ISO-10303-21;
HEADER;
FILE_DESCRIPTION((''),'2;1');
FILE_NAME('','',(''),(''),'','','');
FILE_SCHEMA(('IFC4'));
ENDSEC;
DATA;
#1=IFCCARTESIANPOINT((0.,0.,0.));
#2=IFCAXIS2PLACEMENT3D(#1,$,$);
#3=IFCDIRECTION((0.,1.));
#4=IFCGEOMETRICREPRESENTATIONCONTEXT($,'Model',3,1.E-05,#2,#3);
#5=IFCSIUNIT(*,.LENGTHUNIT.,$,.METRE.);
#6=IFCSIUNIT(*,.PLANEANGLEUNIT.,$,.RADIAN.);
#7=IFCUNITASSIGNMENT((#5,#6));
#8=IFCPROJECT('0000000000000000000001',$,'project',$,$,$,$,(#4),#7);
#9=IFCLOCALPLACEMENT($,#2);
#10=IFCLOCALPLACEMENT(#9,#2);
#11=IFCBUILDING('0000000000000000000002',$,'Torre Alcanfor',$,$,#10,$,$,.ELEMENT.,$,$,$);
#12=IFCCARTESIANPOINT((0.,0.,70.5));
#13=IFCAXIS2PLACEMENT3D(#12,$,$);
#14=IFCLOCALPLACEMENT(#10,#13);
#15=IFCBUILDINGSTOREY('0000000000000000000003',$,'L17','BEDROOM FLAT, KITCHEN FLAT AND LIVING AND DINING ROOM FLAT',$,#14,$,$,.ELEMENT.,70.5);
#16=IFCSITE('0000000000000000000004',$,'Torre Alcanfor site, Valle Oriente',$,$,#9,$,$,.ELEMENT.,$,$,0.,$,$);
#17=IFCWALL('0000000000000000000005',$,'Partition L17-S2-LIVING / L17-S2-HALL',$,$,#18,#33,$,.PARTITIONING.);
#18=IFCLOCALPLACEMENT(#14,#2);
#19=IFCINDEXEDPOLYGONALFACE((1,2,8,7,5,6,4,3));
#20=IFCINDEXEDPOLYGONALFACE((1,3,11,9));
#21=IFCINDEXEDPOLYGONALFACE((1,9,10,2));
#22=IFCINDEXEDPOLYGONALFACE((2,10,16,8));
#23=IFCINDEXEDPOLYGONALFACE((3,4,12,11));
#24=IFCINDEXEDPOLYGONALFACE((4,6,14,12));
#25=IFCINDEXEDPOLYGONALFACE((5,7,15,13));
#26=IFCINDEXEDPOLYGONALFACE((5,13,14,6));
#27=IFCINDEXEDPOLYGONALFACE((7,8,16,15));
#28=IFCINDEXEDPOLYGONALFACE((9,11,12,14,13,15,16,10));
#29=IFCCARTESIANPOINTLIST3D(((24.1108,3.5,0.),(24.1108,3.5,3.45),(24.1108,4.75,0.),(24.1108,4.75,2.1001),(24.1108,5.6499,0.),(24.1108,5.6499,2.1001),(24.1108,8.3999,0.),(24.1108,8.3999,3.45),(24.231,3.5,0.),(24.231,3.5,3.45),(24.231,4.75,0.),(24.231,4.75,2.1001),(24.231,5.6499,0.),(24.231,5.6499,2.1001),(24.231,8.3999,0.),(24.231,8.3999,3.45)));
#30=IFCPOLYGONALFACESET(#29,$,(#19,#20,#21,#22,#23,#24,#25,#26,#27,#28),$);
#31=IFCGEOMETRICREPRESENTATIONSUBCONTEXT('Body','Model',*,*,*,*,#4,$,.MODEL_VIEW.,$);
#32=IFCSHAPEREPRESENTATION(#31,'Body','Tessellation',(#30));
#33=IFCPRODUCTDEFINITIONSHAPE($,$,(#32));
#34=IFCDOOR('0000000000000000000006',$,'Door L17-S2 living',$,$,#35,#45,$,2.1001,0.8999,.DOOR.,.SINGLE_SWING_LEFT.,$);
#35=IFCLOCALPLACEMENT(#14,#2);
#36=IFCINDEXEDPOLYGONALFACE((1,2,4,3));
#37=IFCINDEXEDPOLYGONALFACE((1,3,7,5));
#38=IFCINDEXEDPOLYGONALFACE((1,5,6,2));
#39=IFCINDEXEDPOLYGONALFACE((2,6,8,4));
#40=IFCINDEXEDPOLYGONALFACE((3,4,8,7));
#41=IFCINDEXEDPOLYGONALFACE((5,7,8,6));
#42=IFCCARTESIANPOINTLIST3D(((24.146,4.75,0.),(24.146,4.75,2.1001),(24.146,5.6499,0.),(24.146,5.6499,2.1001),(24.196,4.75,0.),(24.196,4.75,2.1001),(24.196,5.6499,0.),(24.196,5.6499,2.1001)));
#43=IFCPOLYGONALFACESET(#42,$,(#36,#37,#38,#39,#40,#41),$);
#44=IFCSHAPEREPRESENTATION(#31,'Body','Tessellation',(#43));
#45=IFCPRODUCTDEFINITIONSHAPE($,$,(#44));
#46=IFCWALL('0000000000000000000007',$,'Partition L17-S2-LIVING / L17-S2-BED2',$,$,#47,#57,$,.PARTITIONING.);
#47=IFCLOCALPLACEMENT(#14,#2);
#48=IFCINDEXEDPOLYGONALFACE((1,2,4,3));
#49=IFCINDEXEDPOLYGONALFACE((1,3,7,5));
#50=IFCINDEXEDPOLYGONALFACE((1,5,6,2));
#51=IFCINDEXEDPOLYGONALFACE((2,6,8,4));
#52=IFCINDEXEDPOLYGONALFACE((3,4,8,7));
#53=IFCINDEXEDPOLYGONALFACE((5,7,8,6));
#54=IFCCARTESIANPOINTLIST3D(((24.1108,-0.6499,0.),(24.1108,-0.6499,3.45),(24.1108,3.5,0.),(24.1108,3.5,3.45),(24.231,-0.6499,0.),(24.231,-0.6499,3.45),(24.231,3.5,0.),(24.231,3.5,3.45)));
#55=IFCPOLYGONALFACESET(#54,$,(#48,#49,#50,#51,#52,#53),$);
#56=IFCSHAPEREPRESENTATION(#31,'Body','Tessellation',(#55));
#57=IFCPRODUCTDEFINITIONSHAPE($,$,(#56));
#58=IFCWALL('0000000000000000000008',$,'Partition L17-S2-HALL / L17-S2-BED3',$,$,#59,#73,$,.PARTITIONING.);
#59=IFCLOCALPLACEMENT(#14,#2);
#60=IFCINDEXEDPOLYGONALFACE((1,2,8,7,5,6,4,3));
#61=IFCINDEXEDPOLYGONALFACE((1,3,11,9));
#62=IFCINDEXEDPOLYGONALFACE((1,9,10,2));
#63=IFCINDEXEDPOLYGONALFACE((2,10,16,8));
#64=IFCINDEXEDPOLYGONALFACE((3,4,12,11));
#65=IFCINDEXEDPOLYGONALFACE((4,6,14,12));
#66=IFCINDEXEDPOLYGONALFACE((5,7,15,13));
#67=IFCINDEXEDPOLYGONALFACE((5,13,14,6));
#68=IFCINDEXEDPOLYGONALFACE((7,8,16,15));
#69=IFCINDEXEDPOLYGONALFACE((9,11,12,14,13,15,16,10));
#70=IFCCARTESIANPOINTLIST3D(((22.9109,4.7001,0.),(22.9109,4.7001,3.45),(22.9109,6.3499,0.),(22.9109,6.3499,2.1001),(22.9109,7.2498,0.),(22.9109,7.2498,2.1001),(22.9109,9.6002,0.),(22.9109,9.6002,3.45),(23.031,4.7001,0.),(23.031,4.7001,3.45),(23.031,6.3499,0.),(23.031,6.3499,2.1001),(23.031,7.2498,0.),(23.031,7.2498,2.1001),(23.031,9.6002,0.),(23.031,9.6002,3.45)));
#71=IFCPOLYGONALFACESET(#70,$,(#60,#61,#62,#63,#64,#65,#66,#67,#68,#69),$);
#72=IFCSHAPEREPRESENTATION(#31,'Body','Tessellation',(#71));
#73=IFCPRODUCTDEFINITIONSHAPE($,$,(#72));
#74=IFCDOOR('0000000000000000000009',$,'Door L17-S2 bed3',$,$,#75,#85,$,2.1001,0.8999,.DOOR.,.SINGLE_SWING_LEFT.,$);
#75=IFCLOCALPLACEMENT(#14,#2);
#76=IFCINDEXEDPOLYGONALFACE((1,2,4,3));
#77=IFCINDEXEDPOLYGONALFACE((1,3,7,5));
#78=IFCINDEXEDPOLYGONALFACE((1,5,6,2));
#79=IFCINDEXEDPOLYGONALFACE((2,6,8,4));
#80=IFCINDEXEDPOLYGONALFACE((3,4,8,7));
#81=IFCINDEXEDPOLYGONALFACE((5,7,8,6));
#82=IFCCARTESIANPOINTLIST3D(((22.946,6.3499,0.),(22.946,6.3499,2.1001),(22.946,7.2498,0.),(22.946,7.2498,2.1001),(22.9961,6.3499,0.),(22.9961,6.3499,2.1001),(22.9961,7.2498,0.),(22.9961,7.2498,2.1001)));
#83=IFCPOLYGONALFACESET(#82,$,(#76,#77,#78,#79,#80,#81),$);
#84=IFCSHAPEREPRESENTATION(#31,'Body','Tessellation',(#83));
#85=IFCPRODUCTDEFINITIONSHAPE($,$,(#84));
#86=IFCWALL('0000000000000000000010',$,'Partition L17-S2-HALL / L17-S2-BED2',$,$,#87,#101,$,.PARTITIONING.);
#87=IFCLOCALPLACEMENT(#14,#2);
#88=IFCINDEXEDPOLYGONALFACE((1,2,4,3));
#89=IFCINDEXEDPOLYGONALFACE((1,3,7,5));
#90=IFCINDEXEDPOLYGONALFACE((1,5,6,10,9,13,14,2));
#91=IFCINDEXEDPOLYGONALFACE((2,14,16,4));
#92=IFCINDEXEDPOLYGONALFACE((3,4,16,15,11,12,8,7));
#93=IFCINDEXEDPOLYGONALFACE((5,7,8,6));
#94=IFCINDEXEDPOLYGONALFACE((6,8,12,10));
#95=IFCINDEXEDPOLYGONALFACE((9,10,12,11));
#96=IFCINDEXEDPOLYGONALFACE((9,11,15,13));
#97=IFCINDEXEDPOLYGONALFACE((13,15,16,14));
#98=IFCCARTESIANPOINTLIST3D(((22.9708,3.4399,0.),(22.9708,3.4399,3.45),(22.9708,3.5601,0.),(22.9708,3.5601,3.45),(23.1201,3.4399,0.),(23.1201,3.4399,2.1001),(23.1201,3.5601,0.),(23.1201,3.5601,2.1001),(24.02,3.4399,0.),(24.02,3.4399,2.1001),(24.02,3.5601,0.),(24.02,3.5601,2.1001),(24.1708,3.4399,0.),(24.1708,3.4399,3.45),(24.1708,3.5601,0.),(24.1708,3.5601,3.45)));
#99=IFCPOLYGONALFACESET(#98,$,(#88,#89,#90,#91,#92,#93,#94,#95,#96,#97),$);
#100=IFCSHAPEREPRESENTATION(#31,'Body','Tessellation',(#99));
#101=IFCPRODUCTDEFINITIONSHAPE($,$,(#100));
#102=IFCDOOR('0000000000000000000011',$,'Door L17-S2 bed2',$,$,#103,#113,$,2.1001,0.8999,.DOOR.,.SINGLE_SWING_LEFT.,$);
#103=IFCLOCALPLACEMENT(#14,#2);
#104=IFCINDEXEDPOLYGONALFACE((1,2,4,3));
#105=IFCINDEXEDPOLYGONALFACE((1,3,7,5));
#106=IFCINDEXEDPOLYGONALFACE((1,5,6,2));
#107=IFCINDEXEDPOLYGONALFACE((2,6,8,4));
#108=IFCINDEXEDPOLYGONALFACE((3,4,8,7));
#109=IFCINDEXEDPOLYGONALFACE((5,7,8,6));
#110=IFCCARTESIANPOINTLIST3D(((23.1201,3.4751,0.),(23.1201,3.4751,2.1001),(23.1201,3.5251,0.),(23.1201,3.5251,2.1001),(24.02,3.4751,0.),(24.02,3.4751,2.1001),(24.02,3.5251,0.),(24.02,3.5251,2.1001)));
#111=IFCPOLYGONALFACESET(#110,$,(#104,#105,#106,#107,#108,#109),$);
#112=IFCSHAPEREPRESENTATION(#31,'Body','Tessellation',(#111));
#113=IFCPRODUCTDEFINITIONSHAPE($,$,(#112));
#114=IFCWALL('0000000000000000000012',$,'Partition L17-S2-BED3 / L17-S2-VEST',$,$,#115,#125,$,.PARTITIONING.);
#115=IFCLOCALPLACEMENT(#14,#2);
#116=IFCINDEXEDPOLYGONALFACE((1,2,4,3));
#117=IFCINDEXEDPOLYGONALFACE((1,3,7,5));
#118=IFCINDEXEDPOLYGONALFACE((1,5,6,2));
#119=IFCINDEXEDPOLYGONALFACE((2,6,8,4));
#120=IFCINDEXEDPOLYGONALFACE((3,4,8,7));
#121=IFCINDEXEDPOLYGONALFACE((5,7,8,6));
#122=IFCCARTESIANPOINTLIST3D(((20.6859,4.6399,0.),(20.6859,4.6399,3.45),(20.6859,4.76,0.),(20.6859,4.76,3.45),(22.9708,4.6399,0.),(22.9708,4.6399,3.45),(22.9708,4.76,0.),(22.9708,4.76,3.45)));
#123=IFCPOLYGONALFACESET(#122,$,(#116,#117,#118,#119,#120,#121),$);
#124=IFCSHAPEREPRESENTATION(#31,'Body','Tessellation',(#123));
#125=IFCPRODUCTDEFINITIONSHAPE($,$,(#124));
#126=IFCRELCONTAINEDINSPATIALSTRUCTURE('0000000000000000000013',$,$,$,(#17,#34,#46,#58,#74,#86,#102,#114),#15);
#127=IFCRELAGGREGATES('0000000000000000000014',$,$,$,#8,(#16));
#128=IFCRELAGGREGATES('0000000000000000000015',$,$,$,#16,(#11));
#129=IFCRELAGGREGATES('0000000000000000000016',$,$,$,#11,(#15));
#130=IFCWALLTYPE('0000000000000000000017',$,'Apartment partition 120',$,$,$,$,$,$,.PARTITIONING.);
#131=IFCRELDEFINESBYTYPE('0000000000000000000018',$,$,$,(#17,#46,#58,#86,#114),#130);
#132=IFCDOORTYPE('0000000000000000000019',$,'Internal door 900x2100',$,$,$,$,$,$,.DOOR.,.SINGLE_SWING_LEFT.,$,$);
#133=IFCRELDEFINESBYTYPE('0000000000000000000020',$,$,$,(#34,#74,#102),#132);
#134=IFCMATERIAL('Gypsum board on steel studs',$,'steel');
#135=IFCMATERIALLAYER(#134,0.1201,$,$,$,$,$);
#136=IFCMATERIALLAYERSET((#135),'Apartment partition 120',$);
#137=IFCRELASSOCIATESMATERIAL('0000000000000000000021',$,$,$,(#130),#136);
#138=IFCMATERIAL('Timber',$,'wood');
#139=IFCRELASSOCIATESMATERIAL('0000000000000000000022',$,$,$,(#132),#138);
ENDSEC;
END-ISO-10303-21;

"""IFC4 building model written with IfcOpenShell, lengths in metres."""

from ifc_helpers import new_model, si_unit, direction, frame, frame_2d, origin, place, context, subcontext, project, spatial, rectangle, extrude, material, layer, layer_set, type_object, element, fill, save


model = new_model("IFC4")

# Units and contexts
model_context = context("Model", 3, precision=1e-05, world=origin(), true_north=direction((0.0, 1.0)))
body_context = subcontext(model_context, "Body", "Model", "MODEL_VIEW")
ifc_project = project(units=[si_unit("LENGTHUNIT", "METRE"), si_unit("PLANEANGLEUNIT", "RADIAN")], contexts=[model_context])

# Site, building, storey
site_placement = place(None, origin())
site = spatial("IfcSite", under=ifc_project, at=site_placement, Name="Torre Alcanfor site, Valle Oriente", CompositionType="ELEMENT", RefElevation=0.0)
building_placement = place(site_placement, origin())
building = spatial("IfcBuilding", under=site, at=building_placement, Name="Torre Alcanfor", CompositionType="ELEMENT")
storey_placement = place(building_placement, frame((0.0, 0.0, 70.5)))
storey = spatial("IfcBuildingStorey", under=building, at=storey_placement, Name="L17", Description="BEDROOM FLAT, KITCHEN FLAT AND LIVING AND DINING ROOM FLAT", CompositionType="ELEMENT", Elevation=70.5)

# Shared definitions
ifc_material_1 = material(Name="Gypsum board on steel studs", Category="steel")
ifc_layer_1 = layer(ifc_material_1, 0.1201)
ifc_layer_set_1 = layer_set([ifc_layer_1], Name="Apartment partition 120")
wall_type = type_object("IfcWallType", Name="Apartment partition 120", PredefinedType="PARTITIONING", material=ifc_layer_set_1)

# Wall, opening, door
wall_1_placement = place(storey_placement, frame((24.1709, 3.5, 0.0), z_axis=(0.0, 0.0, 1.0), x_axis=(0.0, 1.0, 0.0)))
wall_1 = element("IfcWall", 1, at=wall_1_placement, inside=storey, type_object=wall_type, Name="Partition L17-S2-LIVING / L17-S2-HALL", PredefinedType="PARTITIONING", context=body_context, shape_type="SweptSolid", body=[
    extrude(rectangle(XDim=4.8999, YDim=0.1201, at=frame_2d((2.45, 0.0))), origin(), (0.0, 0.0, 1.0), 3.45),
])
opening_1_placement = place(wall_1_placement, frame((1.25, 0.0, 0.0)))
opening_1 = element("IfcOpeningElement", 2, at=opening_1_placement, cuts=wall_1, PredefinedType="OPENING", context=body_context, shape_type="SweptSolid", body=[
    extrude(rectangle(XDim=0.8999, YDim=2.1001, at=frame_2d((0.45, 1.05))), frame((0.0, 0.0701, 0.0), z_axis=(0.0, -1.0, 0.0), x_axis=(1.0, 0.0, 0.0)), (0.0, 0.0, 1.0), 0.1401),
])
ifc_material_2 = material(Name="Timber", Category="wood")
door_type = type_object("IfcDoorType", Name="Internal door 900x2100", OperationType="SINGLE_SWING_LEFT", PredefinedType="DOOR", material=ifc_material_2)
door_1_placement = place(opening_1_placement, frame((0.8999, 0.0, 0.0), z_axis=(0.0, 0.0, 1.0), x_axis=(-1.0, 0.0, 0.0)))
door_1 = element("IfcDoor", 3, at=door_1_placement, inside=storey, type_object=door_type, Name="Door L17-S2 living", OperationType="SINGLE_SWING_LEFT", OverallHeight=2.1001, OverallWidth=0.8999, PredefinedType="DOOR", context=body_context, shape_type="SweptSolid", body=[
    extrude(rectangle(XDim=0.8999, YDim=2.1001, at=frame_2d((0.45, 1.05))), frame((0.0, 0.0251, 0.0), z_axis=(0.0, -1.0, 0.0), x_axis=(1.0, 0.0, 0.0)), (0.0, 0.0, 1.0), 0.05),
])
fill(opening_1, door_1)

# Wall
wall_2_placement = place(storey_placement, frame((24.1709, -0.6499, 0.0), z_axis=(0.0, 0.0, 1.0), x_axis=(0.0, 1.0, 0.0)))
element("IfcWall", 4, at=wall_2_placement, inside=storey, type_object=wall_type, Name="Partition L17-S2-LIVING / L17-S2-BED2", PredefinedType="PARTITIONING", context=body_context, shape_type="SweptSolid", body=[
    extrude(rectangle(XDim=4.1499, YDim=0.1201, at=frame_2d((2.075, 0.0))), origin(), (0.0, 0.0, 1.0), 3.45),
])

# Walls, openings, doors
wall_3_placement = place(storey_placement, frame((22.9709, 4.7, 0.0), z_axis=(0.0, 0.0, 1.0), x_axis=(0.0, 1.0, 0.0)))
wall_3 = element("IfcWall", 5, at=wall_3_placement, inside=storey, type_object=wall_type, Name="Partition L17-S2-HALL / L17-S2-BED3", PredefinedType="PARTITIONING", context=body_context, shape_type="SweptSolid", body=[
    extrude(rectangle(XDim=4.9001, YDim=0.1201, at=frame_2d((2.4502, 0.0))), origin(), (0.0, 0.0, 1.0), 3.45),
])
opening_2_placement = place(wall_3_placement, frame((1.6499, 0.0, 0.0)))
opening_2 = element("IfcOpeningElement", 6, at=opening_2_placement, cuts=wall_3, PredefinedType="OPENING", context=body_context, shape_type="SweptSolid", body=[
    extrude(rectangle(XDim=0.8999, YDim=2.1001, at=frame_2d((0.45, 1.05))), frame((0.0, 0.0701, 0.0), z_axis=(0.0, -1.0, 0.0), x_axis=(1.0, 0.0, 0.0)), (0.0, 0.0, 1.0), 0.1401),
])
door_2_placement = place(opening_2_placement, origin())
door_2 = element("IfcDoor", 7, at=door_2_placement, inside=storey, type_object=door_type, Name="Door L17-S2 bed3", OperationType="SINGLE_SWING_LEFT", OverallHeight=2.1001, OverallWidth=0.8999, PredefinedType="DOOR", context=body_context, shape_type="SweptSolid", body=[
    extrude(rectangle(XDim=0.8999, YDim=2.1001, at=frame_2d((0.45, 1.05))), frame((0.0, 0.0249, 0.0), z_axis=(0.0, -1.0, 0.0), x_axis=(1.0, 0.0, 0.0)), (0.0, 0.0, 1.0), 0.05),
])
fill(opening_2, door_2)
wall_4_placement = place(storey_placement, frame((24.1709, 3.5, 0.0), z_axis=(0.0, 0.0, 1.0), x_axis=(-1.0, 0.0, 0.0)))
wall_4 = element("IfcWall", 8, at=wall_4_placement, inside=storey, type_object=wall_type, Name="Partition L17-S2-HALL / L17-S2-BED2", PredefinedType="PARTITIONING", context=body_context, shape_type="SweptSolid", body=[
    extrude(rectangle(XDim=1.2, YDim=0.1201, at=frame_2d((0.6001, 0.0))), origin(), (0.0, 0.0, 1.0), 3.45),
])
opening_3_placement = place(wall_4_placement, frame((0.1509, 0.0, 0.0)))
opening_3 = element("IfcOpeningElement", 9, at=opening_3_placement, cuts=wall_4, PredefinedType="OPENING", context=body_context, shape_type="SweptSolid", body=[
    extrude(rectangle(XDim=0.8999, YDim=2.1001, at=frame_2d((0.45, 1.05))), frame((0.0, 0.0701, 0.0), z_axis=(0.0, -1.0, 0.0), x_axis=(1.0, 0.0, 0.0)), (0.0, 0.0, 1.0), 0.1401),
])
door_3_placement = place(opening_3_placement, origin())
door_3 = element("IfcDoor", 10, at=door_3_placement, inside=storey, type_object=door_type, Name="Door L17-S2 bed2", OperationType="SINGLE_SWING_LEFT", OverallHeight=2.1001, OverallWidth=0.8999, PredefinedType="DOOR", context=body_context, shape_type="SweptSolid", body=[
    extrude(rectangle(XDim=0.8999, YDim=2.1001, at=frame_2d((0.45, 1.05))), frame((0.0, 0.0249, 0.0), z_axis=(0.0, -1.0, 0.0), x_axis=(1.0, 0.0, 0.0)), (0.0, 0.0, 1.0), 0.05),
])
fill(opening_3, door_3)

# Wall
wall_5_placement = place(storey_placement, frame((22.9709, 4.7, 0.0), z_axis=(0.0, 0.0, 1.0), x_axis=(-1.0, 0.0, 0.0)))
element("IfcWall", 11, at=wall_5_placement, inside=storey, type_object=wall_type, Name="Partition L17-S2-BED3 / L17-S2-VEST", PredefinedType="PARTITIONING", context=body_context, shape_type="SweptSolid", body=[
    extrude(rectangle(XDim=2.2849, YDim=0.1201, at=frame_2d((1.1426, 0.0))), origin(), (0.0, 0.0, 1.0), 3.45),
])

save(model, "model.ifc")
